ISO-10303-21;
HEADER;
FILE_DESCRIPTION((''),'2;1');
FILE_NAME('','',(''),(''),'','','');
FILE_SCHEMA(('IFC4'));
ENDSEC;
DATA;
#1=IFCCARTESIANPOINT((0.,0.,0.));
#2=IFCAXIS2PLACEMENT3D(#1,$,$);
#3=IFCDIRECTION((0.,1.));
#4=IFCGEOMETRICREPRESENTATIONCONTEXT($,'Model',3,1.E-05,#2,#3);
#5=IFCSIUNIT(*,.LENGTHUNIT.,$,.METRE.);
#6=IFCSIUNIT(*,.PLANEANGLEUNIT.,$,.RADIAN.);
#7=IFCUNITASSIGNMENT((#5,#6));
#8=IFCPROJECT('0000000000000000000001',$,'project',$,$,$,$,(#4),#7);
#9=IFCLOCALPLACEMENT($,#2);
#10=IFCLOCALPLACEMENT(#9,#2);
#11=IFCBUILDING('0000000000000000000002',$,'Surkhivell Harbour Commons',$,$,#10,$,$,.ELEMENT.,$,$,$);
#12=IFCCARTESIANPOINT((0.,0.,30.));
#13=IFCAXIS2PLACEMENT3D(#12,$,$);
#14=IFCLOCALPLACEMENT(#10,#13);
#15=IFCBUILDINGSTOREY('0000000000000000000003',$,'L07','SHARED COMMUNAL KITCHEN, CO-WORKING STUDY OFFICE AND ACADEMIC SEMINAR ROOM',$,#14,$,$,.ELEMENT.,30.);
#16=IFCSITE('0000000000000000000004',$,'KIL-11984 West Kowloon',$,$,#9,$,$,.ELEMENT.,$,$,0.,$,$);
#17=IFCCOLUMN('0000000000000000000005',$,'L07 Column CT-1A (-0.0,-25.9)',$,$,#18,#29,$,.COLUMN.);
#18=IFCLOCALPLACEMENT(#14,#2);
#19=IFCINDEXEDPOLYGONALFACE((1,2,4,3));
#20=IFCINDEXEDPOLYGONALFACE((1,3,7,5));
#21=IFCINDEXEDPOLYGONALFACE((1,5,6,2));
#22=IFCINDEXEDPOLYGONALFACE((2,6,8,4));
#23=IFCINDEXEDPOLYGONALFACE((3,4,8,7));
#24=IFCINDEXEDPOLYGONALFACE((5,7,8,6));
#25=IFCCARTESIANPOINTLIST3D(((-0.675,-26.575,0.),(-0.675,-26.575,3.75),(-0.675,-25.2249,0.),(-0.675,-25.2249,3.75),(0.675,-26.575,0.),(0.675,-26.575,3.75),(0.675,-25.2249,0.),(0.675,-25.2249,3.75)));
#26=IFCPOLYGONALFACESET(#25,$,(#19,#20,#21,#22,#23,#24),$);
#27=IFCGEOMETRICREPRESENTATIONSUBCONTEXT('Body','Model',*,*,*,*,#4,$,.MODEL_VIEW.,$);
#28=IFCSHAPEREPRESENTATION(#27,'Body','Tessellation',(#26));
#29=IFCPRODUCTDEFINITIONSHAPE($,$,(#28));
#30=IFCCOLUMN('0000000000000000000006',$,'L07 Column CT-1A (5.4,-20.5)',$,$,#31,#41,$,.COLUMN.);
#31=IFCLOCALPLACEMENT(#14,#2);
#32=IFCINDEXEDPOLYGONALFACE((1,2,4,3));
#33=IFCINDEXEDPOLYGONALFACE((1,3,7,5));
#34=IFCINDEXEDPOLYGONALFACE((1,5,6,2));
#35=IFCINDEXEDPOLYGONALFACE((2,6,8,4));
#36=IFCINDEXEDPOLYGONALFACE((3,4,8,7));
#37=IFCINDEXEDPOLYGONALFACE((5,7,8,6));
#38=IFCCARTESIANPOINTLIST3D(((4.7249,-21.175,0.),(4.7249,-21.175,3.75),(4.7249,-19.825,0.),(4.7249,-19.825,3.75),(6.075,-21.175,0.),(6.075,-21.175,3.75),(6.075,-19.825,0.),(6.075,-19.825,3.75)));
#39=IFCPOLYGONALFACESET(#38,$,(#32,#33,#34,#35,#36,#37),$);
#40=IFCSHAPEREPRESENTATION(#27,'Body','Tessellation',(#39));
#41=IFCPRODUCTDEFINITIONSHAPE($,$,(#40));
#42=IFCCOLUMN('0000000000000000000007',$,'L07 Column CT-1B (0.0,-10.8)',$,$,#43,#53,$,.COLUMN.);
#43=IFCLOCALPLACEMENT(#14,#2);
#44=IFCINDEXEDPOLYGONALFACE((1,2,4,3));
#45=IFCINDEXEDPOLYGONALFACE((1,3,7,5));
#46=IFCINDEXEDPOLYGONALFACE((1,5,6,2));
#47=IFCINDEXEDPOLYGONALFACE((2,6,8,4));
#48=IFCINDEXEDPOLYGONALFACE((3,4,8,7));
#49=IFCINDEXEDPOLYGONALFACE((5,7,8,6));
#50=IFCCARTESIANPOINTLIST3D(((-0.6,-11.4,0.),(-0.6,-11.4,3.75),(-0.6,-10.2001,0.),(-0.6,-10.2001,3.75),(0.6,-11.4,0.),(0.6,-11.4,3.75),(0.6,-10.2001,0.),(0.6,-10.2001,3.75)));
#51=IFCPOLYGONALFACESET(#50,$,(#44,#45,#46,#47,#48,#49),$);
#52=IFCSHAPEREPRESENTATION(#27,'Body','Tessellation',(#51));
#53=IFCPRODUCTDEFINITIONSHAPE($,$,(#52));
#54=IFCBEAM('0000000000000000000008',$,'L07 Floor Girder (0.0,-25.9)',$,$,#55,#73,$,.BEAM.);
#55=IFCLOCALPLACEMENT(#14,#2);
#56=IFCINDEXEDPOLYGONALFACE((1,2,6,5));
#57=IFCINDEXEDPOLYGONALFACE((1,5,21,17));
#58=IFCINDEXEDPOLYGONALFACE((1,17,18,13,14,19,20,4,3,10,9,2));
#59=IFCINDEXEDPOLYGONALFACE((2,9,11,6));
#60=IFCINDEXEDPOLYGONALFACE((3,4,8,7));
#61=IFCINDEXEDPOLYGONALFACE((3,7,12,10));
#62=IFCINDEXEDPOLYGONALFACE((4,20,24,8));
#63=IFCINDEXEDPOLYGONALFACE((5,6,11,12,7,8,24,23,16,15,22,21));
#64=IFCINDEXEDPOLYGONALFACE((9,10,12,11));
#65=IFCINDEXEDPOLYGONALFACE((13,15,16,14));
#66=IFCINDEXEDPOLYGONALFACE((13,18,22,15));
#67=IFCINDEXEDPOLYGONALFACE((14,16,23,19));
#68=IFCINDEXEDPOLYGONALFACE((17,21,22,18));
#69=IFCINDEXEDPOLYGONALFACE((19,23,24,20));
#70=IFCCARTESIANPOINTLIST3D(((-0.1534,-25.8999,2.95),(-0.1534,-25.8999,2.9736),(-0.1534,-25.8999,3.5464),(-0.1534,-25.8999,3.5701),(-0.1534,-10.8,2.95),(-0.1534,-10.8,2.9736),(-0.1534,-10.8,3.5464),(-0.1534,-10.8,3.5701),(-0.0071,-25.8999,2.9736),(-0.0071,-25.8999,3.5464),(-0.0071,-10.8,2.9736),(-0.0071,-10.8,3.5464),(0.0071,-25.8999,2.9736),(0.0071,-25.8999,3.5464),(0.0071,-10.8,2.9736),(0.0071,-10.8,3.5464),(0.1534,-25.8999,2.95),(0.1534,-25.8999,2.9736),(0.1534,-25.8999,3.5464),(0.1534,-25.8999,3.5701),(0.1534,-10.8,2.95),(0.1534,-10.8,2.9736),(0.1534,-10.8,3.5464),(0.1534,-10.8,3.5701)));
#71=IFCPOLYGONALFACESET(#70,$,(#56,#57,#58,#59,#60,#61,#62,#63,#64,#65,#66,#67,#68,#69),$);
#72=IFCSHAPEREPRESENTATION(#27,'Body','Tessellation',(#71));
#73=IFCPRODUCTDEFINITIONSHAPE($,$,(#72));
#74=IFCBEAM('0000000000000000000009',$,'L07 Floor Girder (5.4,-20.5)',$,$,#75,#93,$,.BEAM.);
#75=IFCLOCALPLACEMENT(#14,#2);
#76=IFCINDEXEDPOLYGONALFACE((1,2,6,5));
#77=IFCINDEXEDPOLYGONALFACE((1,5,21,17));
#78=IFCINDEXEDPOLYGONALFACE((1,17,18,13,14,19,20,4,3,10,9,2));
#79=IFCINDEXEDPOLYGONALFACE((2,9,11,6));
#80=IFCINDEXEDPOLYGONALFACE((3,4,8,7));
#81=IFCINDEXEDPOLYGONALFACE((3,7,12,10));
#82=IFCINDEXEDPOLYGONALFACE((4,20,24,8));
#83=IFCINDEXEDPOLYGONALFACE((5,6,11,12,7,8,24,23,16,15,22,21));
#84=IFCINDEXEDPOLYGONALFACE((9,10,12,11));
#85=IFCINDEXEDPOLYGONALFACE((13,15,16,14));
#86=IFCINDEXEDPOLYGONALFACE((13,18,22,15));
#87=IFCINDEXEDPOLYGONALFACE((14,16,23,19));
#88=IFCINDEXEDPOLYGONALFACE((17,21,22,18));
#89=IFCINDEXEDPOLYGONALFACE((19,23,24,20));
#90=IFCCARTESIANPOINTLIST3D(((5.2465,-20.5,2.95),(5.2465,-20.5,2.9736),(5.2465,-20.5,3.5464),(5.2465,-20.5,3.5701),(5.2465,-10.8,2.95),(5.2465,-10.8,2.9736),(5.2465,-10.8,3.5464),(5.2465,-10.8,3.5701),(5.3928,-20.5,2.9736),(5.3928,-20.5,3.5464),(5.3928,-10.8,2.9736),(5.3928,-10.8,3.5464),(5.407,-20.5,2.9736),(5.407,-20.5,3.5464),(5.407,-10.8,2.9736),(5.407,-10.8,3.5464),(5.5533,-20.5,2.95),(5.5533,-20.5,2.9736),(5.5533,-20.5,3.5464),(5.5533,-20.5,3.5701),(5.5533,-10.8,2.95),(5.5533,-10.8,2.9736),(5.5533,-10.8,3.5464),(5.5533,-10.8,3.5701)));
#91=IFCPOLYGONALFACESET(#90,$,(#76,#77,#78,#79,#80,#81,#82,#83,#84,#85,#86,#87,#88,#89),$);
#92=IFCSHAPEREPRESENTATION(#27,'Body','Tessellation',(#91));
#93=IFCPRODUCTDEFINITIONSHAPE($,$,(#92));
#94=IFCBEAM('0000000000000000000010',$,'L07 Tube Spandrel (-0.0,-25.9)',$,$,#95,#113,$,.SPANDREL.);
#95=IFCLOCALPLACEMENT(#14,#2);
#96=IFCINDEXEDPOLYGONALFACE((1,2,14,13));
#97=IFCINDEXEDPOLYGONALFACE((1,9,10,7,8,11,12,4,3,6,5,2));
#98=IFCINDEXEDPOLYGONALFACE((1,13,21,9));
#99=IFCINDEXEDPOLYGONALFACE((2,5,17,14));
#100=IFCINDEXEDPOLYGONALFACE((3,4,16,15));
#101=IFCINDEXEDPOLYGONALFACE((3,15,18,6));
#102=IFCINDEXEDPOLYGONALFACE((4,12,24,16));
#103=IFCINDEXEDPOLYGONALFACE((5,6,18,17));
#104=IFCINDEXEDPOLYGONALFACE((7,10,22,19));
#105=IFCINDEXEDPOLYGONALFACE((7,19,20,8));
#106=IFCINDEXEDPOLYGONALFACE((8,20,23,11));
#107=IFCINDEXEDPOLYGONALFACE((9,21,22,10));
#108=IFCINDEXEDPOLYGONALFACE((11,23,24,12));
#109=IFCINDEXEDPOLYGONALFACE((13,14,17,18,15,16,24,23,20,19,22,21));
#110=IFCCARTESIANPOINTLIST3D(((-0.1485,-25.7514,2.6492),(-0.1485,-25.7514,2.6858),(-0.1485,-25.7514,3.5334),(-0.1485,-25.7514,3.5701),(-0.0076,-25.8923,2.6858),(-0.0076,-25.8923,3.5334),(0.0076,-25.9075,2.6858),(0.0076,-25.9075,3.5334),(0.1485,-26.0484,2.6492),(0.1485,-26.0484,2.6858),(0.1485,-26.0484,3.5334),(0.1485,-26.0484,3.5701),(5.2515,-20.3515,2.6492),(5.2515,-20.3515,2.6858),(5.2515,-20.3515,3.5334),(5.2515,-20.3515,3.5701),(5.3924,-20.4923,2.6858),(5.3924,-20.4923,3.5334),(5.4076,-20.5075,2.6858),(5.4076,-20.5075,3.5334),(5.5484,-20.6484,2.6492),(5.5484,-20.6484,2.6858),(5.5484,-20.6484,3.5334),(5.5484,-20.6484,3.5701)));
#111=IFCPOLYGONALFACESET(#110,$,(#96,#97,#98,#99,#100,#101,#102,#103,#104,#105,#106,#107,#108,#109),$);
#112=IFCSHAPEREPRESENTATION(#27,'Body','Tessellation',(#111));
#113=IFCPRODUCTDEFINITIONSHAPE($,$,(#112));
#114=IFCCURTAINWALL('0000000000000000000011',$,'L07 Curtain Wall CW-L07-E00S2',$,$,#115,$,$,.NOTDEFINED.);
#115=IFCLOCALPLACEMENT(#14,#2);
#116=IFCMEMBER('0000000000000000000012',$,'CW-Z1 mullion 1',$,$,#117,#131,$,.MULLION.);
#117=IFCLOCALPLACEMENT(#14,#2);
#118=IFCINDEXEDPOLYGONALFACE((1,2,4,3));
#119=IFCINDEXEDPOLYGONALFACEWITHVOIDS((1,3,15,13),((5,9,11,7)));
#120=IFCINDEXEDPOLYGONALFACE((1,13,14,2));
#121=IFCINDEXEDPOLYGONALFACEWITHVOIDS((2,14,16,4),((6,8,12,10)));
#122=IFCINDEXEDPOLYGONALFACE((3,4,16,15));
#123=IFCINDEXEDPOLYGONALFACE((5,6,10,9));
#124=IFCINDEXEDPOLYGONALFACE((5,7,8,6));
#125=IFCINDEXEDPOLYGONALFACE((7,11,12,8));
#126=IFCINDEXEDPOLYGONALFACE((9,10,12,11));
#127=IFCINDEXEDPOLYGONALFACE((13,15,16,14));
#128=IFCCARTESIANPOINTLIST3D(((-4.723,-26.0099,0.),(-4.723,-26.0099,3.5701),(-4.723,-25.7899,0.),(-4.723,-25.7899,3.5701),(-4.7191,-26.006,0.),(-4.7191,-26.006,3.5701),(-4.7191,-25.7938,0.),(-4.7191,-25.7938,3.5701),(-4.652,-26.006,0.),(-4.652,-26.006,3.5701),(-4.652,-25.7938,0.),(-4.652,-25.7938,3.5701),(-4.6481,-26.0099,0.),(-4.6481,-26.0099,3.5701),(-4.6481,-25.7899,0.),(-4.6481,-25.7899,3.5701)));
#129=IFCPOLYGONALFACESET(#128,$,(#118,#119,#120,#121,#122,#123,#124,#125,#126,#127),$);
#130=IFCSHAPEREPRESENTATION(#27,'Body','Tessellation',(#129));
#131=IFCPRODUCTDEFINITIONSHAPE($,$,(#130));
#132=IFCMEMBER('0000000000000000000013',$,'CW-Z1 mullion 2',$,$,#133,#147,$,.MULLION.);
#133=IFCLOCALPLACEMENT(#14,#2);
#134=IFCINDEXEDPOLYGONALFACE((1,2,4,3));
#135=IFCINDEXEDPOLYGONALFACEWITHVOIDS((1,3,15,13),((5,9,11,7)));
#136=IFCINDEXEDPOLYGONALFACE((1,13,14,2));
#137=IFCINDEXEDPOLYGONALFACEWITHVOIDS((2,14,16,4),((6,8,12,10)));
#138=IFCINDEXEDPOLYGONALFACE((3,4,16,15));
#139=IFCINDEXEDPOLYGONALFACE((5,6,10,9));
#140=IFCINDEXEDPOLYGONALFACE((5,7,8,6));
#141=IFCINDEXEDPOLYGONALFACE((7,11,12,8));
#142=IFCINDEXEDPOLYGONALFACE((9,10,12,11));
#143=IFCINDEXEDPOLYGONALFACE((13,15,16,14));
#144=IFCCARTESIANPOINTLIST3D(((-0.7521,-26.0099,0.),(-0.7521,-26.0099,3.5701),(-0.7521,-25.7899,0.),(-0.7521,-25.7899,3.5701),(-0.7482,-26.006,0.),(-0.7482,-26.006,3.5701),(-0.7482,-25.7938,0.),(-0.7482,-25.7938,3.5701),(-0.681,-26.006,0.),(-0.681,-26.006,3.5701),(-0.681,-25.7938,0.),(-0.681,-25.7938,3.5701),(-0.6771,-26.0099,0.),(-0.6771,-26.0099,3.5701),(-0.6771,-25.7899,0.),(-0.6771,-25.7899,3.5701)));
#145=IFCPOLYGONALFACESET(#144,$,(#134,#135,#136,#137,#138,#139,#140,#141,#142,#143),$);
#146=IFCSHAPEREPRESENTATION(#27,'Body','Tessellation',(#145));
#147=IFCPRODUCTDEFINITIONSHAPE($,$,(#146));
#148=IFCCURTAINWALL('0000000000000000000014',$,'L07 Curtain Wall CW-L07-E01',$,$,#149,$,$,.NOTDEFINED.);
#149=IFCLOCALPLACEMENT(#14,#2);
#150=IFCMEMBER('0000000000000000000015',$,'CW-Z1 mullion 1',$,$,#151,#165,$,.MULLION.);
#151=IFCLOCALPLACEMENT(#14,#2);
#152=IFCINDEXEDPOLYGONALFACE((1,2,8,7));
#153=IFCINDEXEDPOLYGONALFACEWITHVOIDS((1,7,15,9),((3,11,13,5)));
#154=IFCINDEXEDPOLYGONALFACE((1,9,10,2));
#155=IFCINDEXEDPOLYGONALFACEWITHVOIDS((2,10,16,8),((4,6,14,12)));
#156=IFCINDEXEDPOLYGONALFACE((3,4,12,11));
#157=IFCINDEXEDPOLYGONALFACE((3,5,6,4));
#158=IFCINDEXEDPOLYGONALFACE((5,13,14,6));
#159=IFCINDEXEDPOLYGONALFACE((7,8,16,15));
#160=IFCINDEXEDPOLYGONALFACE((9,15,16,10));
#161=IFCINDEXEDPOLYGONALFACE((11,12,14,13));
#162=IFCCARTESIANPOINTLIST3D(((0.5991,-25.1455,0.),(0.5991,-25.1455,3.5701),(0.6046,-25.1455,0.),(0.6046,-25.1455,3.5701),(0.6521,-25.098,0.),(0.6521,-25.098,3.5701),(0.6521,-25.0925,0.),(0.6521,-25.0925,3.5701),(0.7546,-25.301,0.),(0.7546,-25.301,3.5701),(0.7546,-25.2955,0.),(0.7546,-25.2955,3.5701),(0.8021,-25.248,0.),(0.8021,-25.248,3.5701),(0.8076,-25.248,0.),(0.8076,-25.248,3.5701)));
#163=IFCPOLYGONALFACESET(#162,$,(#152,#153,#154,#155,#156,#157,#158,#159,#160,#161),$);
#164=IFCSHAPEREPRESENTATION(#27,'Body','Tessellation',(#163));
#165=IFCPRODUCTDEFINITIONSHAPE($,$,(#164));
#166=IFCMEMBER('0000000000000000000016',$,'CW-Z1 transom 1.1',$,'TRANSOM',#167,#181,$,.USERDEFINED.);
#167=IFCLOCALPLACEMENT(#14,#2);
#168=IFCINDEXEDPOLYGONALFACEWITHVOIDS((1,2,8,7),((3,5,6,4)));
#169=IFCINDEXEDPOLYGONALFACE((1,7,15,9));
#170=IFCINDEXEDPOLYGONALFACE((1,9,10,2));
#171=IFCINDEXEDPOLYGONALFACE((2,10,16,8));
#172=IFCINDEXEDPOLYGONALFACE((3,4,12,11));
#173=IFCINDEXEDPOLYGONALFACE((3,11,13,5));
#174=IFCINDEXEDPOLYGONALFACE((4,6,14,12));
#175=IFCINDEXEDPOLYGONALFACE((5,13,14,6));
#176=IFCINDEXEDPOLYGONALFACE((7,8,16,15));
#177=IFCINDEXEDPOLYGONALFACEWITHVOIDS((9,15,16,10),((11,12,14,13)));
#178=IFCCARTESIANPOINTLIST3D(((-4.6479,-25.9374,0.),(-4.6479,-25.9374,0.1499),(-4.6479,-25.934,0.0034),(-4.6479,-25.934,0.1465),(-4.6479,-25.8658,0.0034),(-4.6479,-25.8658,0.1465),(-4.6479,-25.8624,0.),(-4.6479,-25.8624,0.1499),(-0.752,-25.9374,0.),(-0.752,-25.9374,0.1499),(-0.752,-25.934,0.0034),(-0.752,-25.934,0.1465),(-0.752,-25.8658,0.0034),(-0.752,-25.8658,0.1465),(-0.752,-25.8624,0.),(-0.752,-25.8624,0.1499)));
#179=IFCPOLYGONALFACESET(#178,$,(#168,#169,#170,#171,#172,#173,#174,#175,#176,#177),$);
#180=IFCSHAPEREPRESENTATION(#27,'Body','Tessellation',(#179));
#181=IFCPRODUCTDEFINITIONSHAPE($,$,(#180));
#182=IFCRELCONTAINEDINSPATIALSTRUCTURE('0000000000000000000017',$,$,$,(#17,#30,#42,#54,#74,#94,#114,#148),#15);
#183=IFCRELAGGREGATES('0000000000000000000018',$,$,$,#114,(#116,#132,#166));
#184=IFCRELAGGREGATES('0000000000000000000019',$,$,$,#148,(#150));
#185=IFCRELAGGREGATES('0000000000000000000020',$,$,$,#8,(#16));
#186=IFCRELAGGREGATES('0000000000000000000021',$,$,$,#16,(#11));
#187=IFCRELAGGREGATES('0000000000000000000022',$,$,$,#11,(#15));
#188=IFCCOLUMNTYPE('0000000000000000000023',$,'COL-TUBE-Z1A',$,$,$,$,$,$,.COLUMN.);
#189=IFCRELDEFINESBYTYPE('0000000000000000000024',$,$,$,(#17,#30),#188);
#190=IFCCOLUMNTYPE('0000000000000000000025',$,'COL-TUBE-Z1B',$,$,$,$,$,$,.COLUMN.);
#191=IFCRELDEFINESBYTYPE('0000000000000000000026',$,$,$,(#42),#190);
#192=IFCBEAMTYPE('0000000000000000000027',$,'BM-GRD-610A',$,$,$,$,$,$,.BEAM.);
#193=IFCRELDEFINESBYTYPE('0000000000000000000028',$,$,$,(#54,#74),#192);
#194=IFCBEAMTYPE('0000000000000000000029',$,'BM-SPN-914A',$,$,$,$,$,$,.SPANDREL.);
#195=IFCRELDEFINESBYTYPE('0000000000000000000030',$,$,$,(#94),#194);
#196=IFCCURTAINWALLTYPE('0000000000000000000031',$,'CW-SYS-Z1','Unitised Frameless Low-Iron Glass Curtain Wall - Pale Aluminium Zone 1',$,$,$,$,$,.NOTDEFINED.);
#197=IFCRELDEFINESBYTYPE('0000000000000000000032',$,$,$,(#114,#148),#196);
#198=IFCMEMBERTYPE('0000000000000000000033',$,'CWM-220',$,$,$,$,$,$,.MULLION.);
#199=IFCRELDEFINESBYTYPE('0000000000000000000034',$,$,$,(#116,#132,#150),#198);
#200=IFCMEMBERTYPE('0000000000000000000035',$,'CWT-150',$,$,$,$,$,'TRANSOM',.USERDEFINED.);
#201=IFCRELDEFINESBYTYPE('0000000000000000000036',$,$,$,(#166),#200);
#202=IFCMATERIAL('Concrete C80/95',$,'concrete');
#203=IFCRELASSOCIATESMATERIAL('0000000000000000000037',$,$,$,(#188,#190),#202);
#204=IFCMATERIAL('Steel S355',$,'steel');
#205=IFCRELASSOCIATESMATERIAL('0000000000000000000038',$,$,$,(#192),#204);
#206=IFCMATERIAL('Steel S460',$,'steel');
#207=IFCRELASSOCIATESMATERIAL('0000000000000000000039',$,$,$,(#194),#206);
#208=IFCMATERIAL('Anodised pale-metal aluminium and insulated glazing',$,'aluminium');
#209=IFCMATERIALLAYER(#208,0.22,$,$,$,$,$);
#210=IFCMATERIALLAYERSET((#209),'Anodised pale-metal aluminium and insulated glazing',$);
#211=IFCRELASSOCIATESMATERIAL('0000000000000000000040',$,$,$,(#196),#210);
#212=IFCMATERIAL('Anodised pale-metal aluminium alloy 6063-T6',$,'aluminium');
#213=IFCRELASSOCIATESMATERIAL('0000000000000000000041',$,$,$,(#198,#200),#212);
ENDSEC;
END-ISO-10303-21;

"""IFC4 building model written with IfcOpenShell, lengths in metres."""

from ifc_helpers import new_model, si_unit, direction, frame, origin, origin_2d, place, context, subcontext, project, spatial, rectangle, hollow_rectangle, i_section, extrude, material, layer, layer_set, material_profile, profile_set, type_object, element, aggregate, save


model = new_model("IFC4")

# Units and contexts
model_context = context("Model", 3, precision=1e-05, world=origin(), true_north=direction((0.0, 1.0)))
body_context = subcontext(model_context, "Body", "Model", "MODEL_VIEW")
ifc_project = project(units=[si_unit("LENGTHUNIT", "METRE"), si_unit("PLANEANGLEUNIT", "RADIAN")], contexts=[model_context])

# Site, building, storey
site_placement = place(None, origin())
site = spatial("IfcSite", under=ifc_project, at=site_placement, Name="KIL-11984 West Kowloon", CompositionType="ELEMENT", RefElevation=0.0)
building_placement = place(site_placement, origin())
building = spatial("IfcBuilding", under=site, at=building_placement, Name="Surkhivell Harbour Commons", CompositionType="ELEMENT")
storey_placement = place(building_placement, frame((0.0, 0.0, 30.0)))
storey = spatial("IfcBuildingStorey", under=building, at=storey_placement, Name="L07", Description="SHARED COMMUNAL KITCHEN, CO-WORKING STUDY OFFICE AND ACADEMIC SEMINAR ROOM", CompositionType="ELEMENT", Elevation=30.0)

# Columns
ifc_material_1 = material(Name="Concrete C80/95", Category="concrete")
ifc_material_profile_1 = material_profile(ifc_material_1, rectangle(XDim=1.3501, YDim=1.3501, at=origin_2d()), Name="RC-COL-1350x1350")
ifc_profile_set_1 = profile_set([ifc_material_profile_1], Name="Concrete C80/95")
column_type_1 = type_object("IfcColumnType", Name="COL-TUBE-Z1A", PredefinedType="COLUMN", material=ifc_profile_set_1)
for number, where, z_axis, x_axis, name in (
    (1, (0.0, -25.8999, 0.0), (0.0, 0.0, 1.0), (1.0, 0.0, 0.0), "L07 Column CT-1A (-0.0,-25.9)"),
    (2, (5.3999, -20.5, 0.0), (0.0, 0.0, 1.0), (1.0, 0.0, 0.0), "L07 Column CT-1A (5.4,-20.5)"),
):
    element("IfcColumn", number, at=place(storey_placement, frame(where, z_axis=z_axis, x_axis=x_axis)), inside=storey, type_object=column_type_1, Name=name, PredefinedType="COLUMN", context=body_context, shape_type="SweptSolid", body=[
        extrude(rectangle(XDim=1.3501, YDim=1.3501, at=origin_2d()), origin(), (0.0, 0.0, 1.0), 3.75),
    ])
ifc_material_profile_2 = material_profile(ifc_material_1, rectangle(XDim=1.2, YDim=1.2, at=origin_2d()), Name="RC-COL-1200x1200")
ifc_profile_set_2 = profile_set([ifc_material_profile_2], Name="Concrete C80/95")
column_type_2 = type_object("IfcColumnType", Name="COL-TUBE-Z1B", PredefinedType="COLUMN", material=ifc_profile_set_2)
column_placement = place(storey_placement, frame((0.0, -10.8, 0.0), z_axis=(0.0, 0.0, 1.0), x_axis=(1.0, 0.0, 0.0)))
element("IfcColumn", 3, at=column_placement, inside=storey, type_object=column_type_2, Name="L07 Column CT-1B (0.0,-10.8)", PredefinedType="COLUMN", context=body_context, shape_type="SweptSolid", body=[
    extrude(rectangle(XDim=1.2, YDim=1.2, at=origin_2d()), origin(), (0.0, 0.0, 1.0), 3.75),
])

# Beams
ifc_material_2 = material(Name="Steel S355", Category="steel")
ifc_material_profile_3 = material_profile(ifc_material_2, i_section(OverallWidth=0.3069, OverallDepth=0.6201, WebThickness=0.0142, FlangeThickness=0.0237, at=origin_2d()), Name="UB610x305x179")
ifc_profile_set_3 = profile_set([ifc_material_profile_3], Name="Steel S355")
beam_type_1 = type_object("IfcBeamType", Name="BM-GRD-610A", PredefinedType="BEAM", material=ifc_profile_set_3)
beam_1_placement = place(storey_placement, frame((0.0, -25.8999, 3.26), z_axis=(0.0, 1.0, 0.0), x_axis=(-1.0, 0.0, 0.0)))
element("IfcBeam", 4, at=beam_1_placement, inside=storey, type_object=beam_type_1, Name="L07 Floor Girder (0.0,-25.9)", PredefinedType="BEAM", context=body_context, shape_type="SweptSolid", body=[
    extrude(i_section(OverallWidth=0.3069, OverallDepth=0.6201, WebThickness=0.0142, FlangeThickness=0.0237, at=origin_2d()), origin(), (0.0, 0.0, 1.0), 15.0999),
])
beam_2_placement = place(storey_placement, frame((5.3999, -20.5, 3.26), z_axis=(0.0, 1.0, 0.0), x_axis=(-1.0, 0.0, 0.0)))
element("IfcBeam", 5, at=beam_2_placement, inside=storey, type_object=beam_type_1, Name="L07 Floor Girder (5.4,-20.5)", PredefinedType="BEAM", context=body_context, shape_type="SweptSolid", body=[
    extrude(i_section(OverallWidth=0.3069, OverallDepth=0.6201, WebThickness=0.0142, FlangeThickness=0.0237, at=origin_2d()), origin(), (0.0, 0.0, 1.0), 9.7),
])
ifc_material_3 = material(Name="Steel S460", Category="steel")
ifc_material_profile_4 = material_profile(ifc_material_3, i_section(OverallWidth=0.4199, OverallDepth=0.9209, WebThickness=0.0215, FlangeThickness=0.0366, at=origin_2d()), Name="UB914x419x388")
ifc_profile_set_4 = profile_set([ifc_material_profile_4], Name="Steel S460")
beam_type_2 = type_object("IfcBeamType", Name="BM-SPN-914A", PredefinedType="SPANDREL", material=ifc_profile_set_4)
beam_3_placement = place(storey_placement, frame((0.0, -25.8999, 3.1096), z_axis=(0.707107, 0.707107, 0.0), x_axis=(-0.707107, 0.707107, 0.0)))
element("IfcBeam", 6, at=beam_3_placement, inside=storey, type_object=beam_type_2, Name="L07 Tube Spandrel (-0.0,-25.9)", PredefinedType="SPANDREL", context=body_context, shape_type="SweptSolid", body=[
    extrude(i_section(OverallWidth=0.4199, OverallDepth=0.9209, WebThickness=0.0215, FlangeThickness=0.0366, at=origin_2d()), origin(), (0.0, 0.0, 1.0), 7.6367),
])

# Curtain wall, members
ifc_material_4 = material(Name="Anodised pale-metal aluminium and insulated glazing", Category="aluminium")
ifc_layer_1 = layer(ifc_material_4, 0.22)
ifc_layer_set_1 = layer_set([ifc_layer_1], Name="Anodised pale-metal aluminium and insulated glazing")
curtain_wall_type = type_object("IfcCurtainWallType", Name="CW-SYS-Z1", Description="Unitised Frameless Low-Iron Glass Curtain Wall - Pale Aluminium Zone 1", PredefinedType="NOTDEFINED", material=ifc_layer_set_1)
curtain_wall_1_placement = place(storey_placement, origin())
curtain_wall_1 = element("IfcCurtainWall", 7, at=curtain_wall_1_placement, inside=storey, type_object=curtain_wall_type, Name="L07 Curtain Wall CW-L07-E00S2", PredefinedType="NOTDEFINED")
ifc_material_5 = material(Name="Anodised pale-metal aluminium alloy 6063-T6", Category="aluminium")
ifc_material_profile_5 = material_profile(ifc_material_5, hollow_rectangle(XDim=0.075, YDim=0.22, WallThickness=0.0039, at=origin_2d()), Name="ALU-MULL-75x220")
ifc_profile_set_5 = profile_set([ifc_material_profile_5], Name="Anodised pale-metal aluminium alloy 6063-T6")
member_type_1 = type_object("IfcMemberType", Name="CWM-220", PredefinedType="MULLION", material=ifc_profile_set_5)
member_1_placement = place(storey_placement, frame((-4.6855, -25.8999, 0.0), z_axis=(0.0, 0.0, 1.0), x_axis=(1.0, 0.0, 0.0)))
member_1 = element("IfcMember", 8, at=member_1_placement, type_object=member_type_1, Name="CW-Z1 mullion 1", PredefinedType="MULLION", context=body_context, shape_type="SweptSolid", body=[
    extrude(hollow_rectangle(XDim=0.075, YDim=0.22, WallThickness=0.0039, at=origin_2d()), origin(), (0.0, 0.0, 1.0), 3.5701),
])
member_2_placement = place(storey_placement, frame((-0.7146, -25.8999, 0.0), z_axis=(0.0, 0.0, 1.0), x_axis=(1.0, 0.0, 0.0)))
member_2 = element("IfcMember", 9, at=member_2_placement, type_object=member_type_1, Name="CW-Z1 mullion 2", PredefinedType="MULLION", context=body_context, shape_type="SweptSolid", body=[
    extrude(hollow_rectangle(XDim=0.075, YDim=0.22, WallThickness=0.0039, at=origin_2d()), origin(), (0.0, 0.0, 1.0), 3.5701),
])

# Curtain wall, member
curtain_wall_2_placement = place(storey_placement, origin())
curtain_wall_2 = element("IfcCurtainWall", 10, at=curtain_wall_2_placement, inside=storey, type_object=curtain_wall_type, Name="L07 Curtain Wall CW-L07-E01", PredefinedType="NOTDEFINED")
member_3_placement = place(storey_placement, frame((0.7034, -25.1968, 0.0), z_axis=(0.0, 0.0, 1.0), x_axis=(0.707107, 0.707107, 0.0)))
member_3 = element("IfcMember", 11, at=member_3_placement, type_object=member_type_1, Name="CW-Z1 mullion 1", PredefinedType="MULLION", context=body_context, shape_type="SweptSolid", body=[
    extrude(hollow_rectangle(XDim=0.075, YDim=0.22, WallThickness=0.0039, at=origin_2d()), origin(), (0.0, 0.0, 1.0), 3.5701),
])

# Member
ifc_material_profile_6 = material_profile(ifc_material_5, hollow_rectangle(XDim=0.075, YDim=0.1499, WallThickness=0.0034, at=origin_2d()), Name="ALU-TRAN-75x150")
ifc_profile_set_6 = profile_set([ifc_material_profile_6], Name="Anodised pale-metal aluminium alloy 6063-T6")
member_type_2 = type_object("IfcMemberType", Name="CWT-150", ElementType="TRANSOM", PredefinedType="USERDEFINED", material=ifc_profile_set_6)
member_4_placement = place(storey_placement, frame((-4.6479, -25.8999, 0.075), z_axis=(1.0, 0.0, 0.0), x_axis=(0.0, 1.0, 0.0)))
member_4 = element("IfcMember", 12, at=member_4_placement, type_object=member_type_2, Name="CW-Z1 transom 1.1", ObjectType="TRANSOM", PredefinedType="USERDEFINED", context=body_context, shape_type="SweptSolid", body=[
    extrude(hollow_rectangle(XDim=0.075, YDim=0.1499, WallThickness=0.0034, at=origin_2d()), origin(), (0.0, 0.0, 1.0), 3.896),
])

aggregate(curtain_wall_1, [member_1, member_2, member_4])
aggregate(curtain_wall_2, [member_3])

save(model, "model.ifc")
